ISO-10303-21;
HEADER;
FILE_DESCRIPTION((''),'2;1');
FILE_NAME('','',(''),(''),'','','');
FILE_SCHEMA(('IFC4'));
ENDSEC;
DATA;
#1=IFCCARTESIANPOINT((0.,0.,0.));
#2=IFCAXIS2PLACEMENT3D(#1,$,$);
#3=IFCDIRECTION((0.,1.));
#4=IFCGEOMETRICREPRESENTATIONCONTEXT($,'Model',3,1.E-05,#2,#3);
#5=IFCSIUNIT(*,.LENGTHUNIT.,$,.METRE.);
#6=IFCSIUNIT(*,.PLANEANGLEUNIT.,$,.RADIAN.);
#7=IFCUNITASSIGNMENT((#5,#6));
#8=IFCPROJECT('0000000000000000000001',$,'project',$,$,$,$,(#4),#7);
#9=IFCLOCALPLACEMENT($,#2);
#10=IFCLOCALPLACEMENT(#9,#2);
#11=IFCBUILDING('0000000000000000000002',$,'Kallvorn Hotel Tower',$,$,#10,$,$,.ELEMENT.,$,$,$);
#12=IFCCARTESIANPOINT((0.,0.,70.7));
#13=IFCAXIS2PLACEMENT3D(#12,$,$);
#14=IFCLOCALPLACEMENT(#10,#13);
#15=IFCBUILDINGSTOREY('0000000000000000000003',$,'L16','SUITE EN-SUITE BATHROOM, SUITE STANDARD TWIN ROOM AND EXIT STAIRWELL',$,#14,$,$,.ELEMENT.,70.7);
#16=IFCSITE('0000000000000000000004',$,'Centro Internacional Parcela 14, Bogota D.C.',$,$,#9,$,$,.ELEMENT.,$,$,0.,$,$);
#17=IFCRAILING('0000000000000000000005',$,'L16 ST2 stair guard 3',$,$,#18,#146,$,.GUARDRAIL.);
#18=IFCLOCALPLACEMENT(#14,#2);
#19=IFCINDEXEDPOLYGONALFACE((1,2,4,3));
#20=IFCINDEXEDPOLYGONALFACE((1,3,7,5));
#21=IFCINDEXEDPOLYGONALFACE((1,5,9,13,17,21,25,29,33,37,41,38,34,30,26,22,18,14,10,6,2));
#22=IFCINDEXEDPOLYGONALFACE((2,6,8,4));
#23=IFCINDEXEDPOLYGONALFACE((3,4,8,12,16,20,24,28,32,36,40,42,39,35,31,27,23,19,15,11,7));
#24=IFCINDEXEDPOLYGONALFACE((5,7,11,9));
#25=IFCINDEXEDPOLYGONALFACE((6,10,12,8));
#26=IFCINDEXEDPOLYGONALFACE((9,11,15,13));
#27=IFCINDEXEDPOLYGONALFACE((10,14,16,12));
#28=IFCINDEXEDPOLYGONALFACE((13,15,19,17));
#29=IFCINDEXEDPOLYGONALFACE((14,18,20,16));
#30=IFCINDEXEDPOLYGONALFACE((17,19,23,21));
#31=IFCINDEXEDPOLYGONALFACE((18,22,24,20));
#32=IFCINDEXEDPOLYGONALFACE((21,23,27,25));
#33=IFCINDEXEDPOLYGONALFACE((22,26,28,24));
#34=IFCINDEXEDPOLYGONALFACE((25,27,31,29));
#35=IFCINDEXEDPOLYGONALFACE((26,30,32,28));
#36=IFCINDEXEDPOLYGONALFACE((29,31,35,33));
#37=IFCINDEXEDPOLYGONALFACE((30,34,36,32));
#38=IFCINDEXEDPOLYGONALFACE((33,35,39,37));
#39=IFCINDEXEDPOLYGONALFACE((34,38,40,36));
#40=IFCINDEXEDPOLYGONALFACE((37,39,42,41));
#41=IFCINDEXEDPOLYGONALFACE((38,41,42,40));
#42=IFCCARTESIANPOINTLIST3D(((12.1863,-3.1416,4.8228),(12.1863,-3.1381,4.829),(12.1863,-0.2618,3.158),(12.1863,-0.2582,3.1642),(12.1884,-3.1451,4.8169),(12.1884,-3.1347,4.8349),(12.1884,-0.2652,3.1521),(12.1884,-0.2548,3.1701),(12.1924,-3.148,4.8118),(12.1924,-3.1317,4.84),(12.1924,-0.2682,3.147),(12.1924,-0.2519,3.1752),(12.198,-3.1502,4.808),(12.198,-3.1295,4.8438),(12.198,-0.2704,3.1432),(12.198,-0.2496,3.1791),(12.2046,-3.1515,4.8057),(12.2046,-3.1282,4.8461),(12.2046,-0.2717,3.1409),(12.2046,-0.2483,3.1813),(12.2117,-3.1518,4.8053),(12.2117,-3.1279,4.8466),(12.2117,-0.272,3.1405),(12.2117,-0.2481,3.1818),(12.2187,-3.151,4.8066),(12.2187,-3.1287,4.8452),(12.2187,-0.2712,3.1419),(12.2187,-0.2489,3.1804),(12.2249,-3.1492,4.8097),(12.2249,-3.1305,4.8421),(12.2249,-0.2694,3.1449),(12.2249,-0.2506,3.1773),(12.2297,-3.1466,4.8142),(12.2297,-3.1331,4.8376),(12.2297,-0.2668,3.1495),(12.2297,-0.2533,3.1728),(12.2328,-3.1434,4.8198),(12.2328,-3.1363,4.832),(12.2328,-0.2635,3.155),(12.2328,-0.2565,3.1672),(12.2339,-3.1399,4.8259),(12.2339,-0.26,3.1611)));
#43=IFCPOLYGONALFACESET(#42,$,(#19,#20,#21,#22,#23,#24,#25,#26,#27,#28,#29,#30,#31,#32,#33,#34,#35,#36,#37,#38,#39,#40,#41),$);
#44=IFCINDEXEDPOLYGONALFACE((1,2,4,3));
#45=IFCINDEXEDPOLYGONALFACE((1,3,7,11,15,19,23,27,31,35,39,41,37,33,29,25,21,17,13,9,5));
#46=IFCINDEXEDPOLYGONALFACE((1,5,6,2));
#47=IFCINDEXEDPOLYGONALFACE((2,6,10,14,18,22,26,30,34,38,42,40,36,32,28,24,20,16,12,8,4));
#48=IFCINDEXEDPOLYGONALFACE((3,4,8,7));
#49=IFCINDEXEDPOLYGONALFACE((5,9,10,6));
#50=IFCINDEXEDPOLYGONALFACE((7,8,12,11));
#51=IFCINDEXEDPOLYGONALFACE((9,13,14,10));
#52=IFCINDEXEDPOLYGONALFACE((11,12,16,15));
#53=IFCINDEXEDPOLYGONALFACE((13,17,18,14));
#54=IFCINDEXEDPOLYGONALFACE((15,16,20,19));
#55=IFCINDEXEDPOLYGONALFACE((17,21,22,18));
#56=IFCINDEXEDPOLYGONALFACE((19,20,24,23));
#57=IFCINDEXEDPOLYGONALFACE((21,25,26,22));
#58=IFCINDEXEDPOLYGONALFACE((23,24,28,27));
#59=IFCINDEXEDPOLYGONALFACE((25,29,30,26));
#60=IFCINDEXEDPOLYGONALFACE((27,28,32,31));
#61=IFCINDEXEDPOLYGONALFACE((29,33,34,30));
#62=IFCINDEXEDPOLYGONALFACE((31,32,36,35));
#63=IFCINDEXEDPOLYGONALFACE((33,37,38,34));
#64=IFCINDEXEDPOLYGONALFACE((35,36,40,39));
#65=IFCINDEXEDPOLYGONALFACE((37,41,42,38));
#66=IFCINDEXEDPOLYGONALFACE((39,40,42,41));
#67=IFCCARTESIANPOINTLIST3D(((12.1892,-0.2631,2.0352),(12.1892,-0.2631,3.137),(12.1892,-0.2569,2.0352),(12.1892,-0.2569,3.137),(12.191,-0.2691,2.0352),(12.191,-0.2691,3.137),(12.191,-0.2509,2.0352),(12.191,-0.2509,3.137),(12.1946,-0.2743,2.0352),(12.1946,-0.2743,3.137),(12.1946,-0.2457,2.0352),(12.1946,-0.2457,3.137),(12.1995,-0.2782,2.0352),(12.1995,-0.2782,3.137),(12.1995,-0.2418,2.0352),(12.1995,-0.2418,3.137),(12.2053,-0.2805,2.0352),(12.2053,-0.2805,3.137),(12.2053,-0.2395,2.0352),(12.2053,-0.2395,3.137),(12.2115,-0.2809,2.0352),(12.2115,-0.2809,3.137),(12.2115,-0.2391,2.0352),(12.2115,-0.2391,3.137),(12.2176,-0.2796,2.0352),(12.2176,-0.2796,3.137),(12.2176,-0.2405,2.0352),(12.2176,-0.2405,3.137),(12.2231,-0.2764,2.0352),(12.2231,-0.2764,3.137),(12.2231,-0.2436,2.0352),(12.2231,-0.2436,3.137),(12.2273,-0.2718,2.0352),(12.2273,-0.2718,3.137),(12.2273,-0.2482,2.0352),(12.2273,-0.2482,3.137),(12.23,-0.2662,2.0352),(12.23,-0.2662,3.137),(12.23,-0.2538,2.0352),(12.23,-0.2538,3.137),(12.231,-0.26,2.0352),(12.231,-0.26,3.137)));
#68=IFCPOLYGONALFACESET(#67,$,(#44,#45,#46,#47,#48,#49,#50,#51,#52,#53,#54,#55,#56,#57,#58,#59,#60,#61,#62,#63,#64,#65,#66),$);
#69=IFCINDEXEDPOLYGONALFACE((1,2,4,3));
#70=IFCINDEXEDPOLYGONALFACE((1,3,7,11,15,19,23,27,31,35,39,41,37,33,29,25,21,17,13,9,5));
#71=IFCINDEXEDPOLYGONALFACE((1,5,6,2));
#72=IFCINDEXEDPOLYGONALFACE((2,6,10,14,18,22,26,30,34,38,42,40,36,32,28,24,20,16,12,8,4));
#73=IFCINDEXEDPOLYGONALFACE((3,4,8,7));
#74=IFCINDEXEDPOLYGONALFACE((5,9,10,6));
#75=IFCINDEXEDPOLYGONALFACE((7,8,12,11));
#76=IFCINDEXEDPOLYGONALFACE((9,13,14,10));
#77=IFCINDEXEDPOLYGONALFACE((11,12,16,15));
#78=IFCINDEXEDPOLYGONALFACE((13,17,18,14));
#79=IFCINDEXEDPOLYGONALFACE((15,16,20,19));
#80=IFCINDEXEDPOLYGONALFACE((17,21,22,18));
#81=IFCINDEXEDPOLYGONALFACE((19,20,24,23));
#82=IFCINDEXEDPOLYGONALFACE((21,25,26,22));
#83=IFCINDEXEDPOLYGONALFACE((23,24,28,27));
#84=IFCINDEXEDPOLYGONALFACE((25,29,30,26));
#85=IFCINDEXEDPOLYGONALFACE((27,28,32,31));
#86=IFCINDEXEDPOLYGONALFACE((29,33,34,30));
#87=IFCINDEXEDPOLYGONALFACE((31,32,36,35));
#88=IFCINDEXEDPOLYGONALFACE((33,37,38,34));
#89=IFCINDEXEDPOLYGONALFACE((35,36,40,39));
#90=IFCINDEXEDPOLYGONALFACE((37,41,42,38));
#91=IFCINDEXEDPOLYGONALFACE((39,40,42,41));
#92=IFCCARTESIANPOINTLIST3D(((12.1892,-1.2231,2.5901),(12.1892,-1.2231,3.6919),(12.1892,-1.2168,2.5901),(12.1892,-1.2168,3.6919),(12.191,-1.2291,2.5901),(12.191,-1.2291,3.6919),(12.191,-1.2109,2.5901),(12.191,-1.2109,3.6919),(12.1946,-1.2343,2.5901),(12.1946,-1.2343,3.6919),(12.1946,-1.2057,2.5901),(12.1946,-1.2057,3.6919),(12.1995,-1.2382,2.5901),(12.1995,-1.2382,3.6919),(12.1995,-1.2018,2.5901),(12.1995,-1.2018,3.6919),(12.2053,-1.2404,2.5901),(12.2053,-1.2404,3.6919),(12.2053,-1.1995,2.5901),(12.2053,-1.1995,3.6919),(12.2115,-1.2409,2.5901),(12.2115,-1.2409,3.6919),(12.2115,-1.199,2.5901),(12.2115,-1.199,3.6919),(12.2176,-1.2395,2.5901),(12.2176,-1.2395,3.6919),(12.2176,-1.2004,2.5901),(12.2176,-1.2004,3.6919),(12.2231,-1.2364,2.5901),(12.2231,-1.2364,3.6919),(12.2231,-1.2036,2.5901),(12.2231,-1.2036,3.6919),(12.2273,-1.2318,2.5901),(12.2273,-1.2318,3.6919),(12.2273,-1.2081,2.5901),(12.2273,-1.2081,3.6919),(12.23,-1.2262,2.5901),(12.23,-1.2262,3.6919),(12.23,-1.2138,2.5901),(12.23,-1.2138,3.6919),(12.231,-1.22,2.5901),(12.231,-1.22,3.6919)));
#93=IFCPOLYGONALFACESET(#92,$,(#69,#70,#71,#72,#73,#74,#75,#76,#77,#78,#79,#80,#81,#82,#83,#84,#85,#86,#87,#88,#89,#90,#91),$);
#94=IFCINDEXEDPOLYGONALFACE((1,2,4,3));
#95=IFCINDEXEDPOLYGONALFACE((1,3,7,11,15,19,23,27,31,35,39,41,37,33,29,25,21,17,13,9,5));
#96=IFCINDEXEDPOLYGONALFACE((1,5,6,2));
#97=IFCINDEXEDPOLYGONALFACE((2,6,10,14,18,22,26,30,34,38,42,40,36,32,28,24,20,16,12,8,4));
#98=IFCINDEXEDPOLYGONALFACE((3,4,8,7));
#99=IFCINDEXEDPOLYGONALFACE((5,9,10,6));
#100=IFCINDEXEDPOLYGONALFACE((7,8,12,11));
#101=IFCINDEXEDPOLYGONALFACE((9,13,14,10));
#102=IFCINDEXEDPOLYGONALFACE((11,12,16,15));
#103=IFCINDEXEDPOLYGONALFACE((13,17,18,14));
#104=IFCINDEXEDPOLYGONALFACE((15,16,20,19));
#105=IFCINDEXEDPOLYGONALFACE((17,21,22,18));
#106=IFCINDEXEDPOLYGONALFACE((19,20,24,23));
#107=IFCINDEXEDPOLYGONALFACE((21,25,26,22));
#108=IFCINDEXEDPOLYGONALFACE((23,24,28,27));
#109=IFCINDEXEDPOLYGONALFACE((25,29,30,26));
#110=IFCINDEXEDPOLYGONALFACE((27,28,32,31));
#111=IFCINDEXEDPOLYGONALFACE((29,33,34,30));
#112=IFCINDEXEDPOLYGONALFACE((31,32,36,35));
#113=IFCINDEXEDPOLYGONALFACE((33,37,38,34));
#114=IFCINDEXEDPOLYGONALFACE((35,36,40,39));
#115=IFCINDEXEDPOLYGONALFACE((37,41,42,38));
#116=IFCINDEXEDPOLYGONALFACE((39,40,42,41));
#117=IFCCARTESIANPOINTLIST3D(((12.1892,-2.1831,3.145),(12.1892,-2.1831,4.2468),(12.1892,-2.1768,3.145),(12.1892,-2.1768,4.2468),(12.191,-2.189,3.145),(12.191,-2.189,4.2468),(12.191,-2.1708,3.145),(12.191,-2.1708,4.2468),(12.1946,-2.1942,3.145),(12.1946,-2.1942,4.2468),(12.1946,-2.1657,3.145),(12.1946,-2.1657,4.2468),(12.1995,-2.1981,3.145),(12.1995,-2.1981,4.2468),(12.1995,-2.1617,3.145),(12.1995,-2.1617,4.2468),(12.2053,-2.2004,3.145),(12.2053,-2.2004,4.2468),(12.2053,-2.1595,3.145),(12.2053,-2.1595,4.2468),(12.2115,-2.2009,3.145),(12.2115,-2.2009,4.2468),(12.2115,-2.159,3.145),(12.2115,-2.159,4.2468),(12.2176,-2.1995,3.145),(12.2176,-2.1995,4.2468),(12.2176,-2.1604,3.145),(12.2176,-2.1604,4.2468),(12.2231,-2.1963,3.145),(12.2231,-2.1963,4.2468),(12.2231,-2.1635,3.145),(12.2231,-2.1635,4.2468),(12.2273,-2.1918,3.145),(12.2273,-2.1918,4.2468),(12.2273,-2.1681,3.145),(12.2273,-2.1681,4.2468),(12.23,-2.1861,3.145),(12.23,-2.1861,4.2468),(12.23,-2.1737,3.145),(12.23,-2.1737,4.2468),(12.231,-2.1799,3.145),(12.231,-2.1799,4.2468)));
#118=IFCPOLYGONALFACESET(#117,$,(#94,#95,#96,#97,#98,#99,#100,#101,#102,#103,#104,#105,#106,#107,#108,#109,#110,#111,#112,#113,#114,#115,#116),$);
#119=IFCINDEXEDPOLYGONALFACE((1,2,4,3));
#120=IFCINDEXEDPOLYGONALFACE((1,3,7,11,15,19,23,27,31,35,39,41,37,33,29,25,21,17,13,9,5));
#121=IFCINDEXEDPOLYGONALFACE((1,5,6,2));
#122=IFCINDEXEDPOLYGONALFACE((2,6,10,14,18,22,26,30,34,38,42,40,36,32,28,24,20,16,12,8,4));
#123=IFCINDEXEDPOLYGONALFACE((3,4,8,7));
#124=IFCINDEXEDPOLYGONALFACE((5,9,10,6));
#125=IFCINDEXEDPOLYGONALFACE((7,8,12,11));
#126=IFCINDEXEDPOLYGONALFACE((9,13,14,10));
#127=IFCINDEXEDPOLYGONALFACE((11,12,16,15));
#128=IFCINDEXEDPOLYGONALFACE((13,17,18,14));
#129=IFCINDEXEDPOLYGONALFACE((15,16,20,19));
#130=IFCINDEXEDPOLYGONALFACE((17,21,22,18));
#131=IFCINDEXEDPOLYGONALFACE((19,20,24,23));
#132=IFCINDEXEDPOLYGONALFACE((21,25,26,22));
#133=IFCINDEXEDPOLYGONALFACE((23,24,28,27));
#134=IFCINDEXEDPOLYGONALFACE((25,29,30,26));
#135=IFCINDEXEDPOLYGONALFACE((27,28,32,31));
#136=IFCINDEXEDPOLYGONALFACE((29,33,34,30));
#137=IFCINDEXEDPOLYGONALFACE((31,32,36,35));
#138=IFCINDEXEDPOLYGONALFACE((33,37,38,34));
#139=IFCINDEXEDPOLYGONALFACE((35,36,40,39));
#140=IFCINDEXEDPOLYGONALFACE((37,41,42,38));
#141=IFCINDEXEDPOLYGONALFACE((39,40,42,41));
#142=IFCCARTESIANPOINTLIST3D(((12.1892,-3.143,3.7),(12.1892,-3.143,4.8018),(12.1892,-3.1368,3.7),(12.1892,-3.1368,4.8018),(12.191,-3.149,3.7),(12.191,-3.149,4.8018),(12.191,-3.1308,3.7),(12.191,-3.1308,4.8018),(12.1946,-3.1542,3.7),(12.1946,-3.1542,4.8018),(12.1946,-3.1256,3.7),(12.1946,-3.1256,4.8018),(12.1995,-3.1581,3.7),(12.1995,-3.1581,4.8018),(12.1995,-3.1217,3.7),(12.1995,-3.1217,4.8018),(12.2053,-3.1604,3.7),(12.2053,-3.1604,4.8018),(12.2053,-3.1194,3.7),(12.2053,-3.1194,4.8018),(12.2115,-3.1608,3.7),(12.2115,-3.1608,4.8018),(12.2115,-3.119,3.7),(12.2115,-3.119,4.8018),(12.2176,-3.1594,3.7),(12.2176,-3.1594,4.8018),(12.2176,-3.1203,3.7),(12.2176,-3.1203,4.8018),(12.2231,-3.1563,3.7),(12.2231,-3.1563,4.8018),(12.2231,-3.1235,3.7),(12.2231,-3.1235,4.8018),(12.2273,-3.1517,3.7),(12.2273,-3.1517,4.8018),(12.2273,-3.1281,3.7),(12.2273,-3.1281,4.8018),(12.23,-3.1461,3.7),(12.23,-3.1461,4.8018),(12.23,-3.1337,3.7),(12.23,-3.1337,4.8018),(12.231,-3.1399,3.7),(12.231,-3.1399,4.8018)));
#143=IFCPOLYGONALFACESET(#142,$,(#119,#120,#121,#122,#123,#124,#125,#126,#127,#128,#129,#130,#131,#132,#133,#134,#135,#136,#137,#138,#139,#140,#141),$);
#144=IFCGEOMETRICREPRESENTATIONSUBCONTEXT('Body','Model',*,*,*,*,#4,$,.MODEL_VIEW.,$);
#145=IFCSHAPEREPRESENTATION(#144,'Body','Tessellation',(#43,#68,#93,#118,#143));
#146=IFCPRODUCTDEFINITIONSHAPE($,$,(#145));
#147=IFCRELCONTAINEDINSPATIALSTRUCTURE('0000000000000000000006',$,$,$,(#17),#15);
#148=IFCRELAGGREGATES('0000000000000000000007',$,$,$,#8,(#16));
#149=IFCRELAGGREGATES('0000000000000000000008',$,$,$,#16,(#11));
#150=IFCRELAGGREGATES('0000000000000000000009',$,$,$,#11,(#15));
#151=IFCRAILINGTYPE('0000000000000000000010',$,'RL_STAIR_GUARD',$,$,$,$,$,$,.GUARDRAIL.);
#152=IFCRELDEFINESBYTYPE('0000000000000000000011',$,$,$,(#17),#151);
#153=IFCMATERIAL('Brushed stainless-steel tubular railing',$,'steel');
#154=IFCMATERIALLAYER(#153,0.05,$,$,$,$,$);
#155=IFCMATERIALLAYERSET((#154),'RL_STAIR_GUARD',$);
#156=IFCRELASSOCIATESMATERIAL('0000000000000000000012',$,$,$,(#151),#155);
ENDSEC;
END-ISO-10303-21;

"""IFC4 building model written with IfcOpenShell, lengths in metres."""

from ifc_helpers import new_model, si_unit, direction, frame, origin, origin_2d, place, context, subcontext, project, spatial, circle, extrude, material, layer, layer_set, type_object, element, save


model = new_model("IFC4")

# Units and contexts
model_context = context("Model", 3, precision=1e-05, world=origin(), true_north=direction((0.0, 1.0)))
body_context = subcontext(model_context, "Body", "Model", "MODEL_VIEW")
ifc_project = project(units=[si_unit("LENGTHUNIT", "METRE"), si_unit("PLANEANGLEUNIT", "RADIAN")], contexts=[model_context])

# Site, building, storey
site_placement = place(None, origin())
site = spatial("IfcSite", under=ifc_project, at=site_placement, Name="Centro Internacional Parcela 14, Bogota D.C.", CompositionType="ELEMENT", RefElevation=0.0)
building_placement = place(site_placement, origin())
building = spatial("IfcBuilding", under=site, at=building_placement, Name="Kallvorn Hotel Tower", CompositionType="ELEMENT")
storey_placement = place(building_placement, frame((0.0, 0.0, 70.7)))
storey = spatial("IfcBuildingStorey", under=building, at=storey_placement, Name="L16", Description="SUITE EN-SUITE BATHROOM, SUITE STANDARD TWIN ROOM AND EXIT STAIRWELL", CompositionType="ELEMENT", Elevation=70.7)

# Railing
ifc_material_1 = material(Name="Brushed stainless-steel tubular railing", Category="steel")
ifc_layer_1 = layer(ifc_material_1, 0.05)
ifc_layer_set_1 = layer_set([ifc_layer_1], Name="RL_STAIR_GUARD")
railing_type_1 = type_object("IfcRailingType", Name="RL_STAIR_GUARD", PredefinedType="GUARDRAIL", material=ifc_layer_set_1)
railing_1_placement = place(storey_placement, frame((12.21, -0.26, 2.0352)))
element("IfcRailing", 1, at=railing_1_placement, inside=storey, type_object=railing_type_1, Name="L16 ST2 stair guard 3", PredefinedType="GUARDRAIL", context=body_context, shape_type="SweptSolid", body=[
    extrude(circle(Radius=0.0239, at=origin_2d()), frame((0.0, 0.0, 1.126), z_axis=(0.0, -0.865753, 0.500472), x_axis=(1.0, 0.0, 0.0)), (0.0, 0.0, 1.0), 3.3264),
    extrude(circle(Radius=0.021, at=origin_2d()), origin(), (0.0, 0.0, 1.0), 1.1018),
    extrude(circle(Radius=0.021, at=origin_2d()), frame((0.0, -0.96, 0.5549)), (0.0, 0.0, 1.0), 1.1018),
    extrude(circle(Radius=0.021, at=origin_2d()), frame((0.0, -1.9199, 1.1099)), (0.0, 0.0, 1.0), 1.1018),
    extrude(circle(Radius=0.021, at=origin_2d()), frame((0.0, -2.8799, 1.6648)), (0.0, 0.0, 1.0), 1.1018),
])

save(model, "model.ifc")
